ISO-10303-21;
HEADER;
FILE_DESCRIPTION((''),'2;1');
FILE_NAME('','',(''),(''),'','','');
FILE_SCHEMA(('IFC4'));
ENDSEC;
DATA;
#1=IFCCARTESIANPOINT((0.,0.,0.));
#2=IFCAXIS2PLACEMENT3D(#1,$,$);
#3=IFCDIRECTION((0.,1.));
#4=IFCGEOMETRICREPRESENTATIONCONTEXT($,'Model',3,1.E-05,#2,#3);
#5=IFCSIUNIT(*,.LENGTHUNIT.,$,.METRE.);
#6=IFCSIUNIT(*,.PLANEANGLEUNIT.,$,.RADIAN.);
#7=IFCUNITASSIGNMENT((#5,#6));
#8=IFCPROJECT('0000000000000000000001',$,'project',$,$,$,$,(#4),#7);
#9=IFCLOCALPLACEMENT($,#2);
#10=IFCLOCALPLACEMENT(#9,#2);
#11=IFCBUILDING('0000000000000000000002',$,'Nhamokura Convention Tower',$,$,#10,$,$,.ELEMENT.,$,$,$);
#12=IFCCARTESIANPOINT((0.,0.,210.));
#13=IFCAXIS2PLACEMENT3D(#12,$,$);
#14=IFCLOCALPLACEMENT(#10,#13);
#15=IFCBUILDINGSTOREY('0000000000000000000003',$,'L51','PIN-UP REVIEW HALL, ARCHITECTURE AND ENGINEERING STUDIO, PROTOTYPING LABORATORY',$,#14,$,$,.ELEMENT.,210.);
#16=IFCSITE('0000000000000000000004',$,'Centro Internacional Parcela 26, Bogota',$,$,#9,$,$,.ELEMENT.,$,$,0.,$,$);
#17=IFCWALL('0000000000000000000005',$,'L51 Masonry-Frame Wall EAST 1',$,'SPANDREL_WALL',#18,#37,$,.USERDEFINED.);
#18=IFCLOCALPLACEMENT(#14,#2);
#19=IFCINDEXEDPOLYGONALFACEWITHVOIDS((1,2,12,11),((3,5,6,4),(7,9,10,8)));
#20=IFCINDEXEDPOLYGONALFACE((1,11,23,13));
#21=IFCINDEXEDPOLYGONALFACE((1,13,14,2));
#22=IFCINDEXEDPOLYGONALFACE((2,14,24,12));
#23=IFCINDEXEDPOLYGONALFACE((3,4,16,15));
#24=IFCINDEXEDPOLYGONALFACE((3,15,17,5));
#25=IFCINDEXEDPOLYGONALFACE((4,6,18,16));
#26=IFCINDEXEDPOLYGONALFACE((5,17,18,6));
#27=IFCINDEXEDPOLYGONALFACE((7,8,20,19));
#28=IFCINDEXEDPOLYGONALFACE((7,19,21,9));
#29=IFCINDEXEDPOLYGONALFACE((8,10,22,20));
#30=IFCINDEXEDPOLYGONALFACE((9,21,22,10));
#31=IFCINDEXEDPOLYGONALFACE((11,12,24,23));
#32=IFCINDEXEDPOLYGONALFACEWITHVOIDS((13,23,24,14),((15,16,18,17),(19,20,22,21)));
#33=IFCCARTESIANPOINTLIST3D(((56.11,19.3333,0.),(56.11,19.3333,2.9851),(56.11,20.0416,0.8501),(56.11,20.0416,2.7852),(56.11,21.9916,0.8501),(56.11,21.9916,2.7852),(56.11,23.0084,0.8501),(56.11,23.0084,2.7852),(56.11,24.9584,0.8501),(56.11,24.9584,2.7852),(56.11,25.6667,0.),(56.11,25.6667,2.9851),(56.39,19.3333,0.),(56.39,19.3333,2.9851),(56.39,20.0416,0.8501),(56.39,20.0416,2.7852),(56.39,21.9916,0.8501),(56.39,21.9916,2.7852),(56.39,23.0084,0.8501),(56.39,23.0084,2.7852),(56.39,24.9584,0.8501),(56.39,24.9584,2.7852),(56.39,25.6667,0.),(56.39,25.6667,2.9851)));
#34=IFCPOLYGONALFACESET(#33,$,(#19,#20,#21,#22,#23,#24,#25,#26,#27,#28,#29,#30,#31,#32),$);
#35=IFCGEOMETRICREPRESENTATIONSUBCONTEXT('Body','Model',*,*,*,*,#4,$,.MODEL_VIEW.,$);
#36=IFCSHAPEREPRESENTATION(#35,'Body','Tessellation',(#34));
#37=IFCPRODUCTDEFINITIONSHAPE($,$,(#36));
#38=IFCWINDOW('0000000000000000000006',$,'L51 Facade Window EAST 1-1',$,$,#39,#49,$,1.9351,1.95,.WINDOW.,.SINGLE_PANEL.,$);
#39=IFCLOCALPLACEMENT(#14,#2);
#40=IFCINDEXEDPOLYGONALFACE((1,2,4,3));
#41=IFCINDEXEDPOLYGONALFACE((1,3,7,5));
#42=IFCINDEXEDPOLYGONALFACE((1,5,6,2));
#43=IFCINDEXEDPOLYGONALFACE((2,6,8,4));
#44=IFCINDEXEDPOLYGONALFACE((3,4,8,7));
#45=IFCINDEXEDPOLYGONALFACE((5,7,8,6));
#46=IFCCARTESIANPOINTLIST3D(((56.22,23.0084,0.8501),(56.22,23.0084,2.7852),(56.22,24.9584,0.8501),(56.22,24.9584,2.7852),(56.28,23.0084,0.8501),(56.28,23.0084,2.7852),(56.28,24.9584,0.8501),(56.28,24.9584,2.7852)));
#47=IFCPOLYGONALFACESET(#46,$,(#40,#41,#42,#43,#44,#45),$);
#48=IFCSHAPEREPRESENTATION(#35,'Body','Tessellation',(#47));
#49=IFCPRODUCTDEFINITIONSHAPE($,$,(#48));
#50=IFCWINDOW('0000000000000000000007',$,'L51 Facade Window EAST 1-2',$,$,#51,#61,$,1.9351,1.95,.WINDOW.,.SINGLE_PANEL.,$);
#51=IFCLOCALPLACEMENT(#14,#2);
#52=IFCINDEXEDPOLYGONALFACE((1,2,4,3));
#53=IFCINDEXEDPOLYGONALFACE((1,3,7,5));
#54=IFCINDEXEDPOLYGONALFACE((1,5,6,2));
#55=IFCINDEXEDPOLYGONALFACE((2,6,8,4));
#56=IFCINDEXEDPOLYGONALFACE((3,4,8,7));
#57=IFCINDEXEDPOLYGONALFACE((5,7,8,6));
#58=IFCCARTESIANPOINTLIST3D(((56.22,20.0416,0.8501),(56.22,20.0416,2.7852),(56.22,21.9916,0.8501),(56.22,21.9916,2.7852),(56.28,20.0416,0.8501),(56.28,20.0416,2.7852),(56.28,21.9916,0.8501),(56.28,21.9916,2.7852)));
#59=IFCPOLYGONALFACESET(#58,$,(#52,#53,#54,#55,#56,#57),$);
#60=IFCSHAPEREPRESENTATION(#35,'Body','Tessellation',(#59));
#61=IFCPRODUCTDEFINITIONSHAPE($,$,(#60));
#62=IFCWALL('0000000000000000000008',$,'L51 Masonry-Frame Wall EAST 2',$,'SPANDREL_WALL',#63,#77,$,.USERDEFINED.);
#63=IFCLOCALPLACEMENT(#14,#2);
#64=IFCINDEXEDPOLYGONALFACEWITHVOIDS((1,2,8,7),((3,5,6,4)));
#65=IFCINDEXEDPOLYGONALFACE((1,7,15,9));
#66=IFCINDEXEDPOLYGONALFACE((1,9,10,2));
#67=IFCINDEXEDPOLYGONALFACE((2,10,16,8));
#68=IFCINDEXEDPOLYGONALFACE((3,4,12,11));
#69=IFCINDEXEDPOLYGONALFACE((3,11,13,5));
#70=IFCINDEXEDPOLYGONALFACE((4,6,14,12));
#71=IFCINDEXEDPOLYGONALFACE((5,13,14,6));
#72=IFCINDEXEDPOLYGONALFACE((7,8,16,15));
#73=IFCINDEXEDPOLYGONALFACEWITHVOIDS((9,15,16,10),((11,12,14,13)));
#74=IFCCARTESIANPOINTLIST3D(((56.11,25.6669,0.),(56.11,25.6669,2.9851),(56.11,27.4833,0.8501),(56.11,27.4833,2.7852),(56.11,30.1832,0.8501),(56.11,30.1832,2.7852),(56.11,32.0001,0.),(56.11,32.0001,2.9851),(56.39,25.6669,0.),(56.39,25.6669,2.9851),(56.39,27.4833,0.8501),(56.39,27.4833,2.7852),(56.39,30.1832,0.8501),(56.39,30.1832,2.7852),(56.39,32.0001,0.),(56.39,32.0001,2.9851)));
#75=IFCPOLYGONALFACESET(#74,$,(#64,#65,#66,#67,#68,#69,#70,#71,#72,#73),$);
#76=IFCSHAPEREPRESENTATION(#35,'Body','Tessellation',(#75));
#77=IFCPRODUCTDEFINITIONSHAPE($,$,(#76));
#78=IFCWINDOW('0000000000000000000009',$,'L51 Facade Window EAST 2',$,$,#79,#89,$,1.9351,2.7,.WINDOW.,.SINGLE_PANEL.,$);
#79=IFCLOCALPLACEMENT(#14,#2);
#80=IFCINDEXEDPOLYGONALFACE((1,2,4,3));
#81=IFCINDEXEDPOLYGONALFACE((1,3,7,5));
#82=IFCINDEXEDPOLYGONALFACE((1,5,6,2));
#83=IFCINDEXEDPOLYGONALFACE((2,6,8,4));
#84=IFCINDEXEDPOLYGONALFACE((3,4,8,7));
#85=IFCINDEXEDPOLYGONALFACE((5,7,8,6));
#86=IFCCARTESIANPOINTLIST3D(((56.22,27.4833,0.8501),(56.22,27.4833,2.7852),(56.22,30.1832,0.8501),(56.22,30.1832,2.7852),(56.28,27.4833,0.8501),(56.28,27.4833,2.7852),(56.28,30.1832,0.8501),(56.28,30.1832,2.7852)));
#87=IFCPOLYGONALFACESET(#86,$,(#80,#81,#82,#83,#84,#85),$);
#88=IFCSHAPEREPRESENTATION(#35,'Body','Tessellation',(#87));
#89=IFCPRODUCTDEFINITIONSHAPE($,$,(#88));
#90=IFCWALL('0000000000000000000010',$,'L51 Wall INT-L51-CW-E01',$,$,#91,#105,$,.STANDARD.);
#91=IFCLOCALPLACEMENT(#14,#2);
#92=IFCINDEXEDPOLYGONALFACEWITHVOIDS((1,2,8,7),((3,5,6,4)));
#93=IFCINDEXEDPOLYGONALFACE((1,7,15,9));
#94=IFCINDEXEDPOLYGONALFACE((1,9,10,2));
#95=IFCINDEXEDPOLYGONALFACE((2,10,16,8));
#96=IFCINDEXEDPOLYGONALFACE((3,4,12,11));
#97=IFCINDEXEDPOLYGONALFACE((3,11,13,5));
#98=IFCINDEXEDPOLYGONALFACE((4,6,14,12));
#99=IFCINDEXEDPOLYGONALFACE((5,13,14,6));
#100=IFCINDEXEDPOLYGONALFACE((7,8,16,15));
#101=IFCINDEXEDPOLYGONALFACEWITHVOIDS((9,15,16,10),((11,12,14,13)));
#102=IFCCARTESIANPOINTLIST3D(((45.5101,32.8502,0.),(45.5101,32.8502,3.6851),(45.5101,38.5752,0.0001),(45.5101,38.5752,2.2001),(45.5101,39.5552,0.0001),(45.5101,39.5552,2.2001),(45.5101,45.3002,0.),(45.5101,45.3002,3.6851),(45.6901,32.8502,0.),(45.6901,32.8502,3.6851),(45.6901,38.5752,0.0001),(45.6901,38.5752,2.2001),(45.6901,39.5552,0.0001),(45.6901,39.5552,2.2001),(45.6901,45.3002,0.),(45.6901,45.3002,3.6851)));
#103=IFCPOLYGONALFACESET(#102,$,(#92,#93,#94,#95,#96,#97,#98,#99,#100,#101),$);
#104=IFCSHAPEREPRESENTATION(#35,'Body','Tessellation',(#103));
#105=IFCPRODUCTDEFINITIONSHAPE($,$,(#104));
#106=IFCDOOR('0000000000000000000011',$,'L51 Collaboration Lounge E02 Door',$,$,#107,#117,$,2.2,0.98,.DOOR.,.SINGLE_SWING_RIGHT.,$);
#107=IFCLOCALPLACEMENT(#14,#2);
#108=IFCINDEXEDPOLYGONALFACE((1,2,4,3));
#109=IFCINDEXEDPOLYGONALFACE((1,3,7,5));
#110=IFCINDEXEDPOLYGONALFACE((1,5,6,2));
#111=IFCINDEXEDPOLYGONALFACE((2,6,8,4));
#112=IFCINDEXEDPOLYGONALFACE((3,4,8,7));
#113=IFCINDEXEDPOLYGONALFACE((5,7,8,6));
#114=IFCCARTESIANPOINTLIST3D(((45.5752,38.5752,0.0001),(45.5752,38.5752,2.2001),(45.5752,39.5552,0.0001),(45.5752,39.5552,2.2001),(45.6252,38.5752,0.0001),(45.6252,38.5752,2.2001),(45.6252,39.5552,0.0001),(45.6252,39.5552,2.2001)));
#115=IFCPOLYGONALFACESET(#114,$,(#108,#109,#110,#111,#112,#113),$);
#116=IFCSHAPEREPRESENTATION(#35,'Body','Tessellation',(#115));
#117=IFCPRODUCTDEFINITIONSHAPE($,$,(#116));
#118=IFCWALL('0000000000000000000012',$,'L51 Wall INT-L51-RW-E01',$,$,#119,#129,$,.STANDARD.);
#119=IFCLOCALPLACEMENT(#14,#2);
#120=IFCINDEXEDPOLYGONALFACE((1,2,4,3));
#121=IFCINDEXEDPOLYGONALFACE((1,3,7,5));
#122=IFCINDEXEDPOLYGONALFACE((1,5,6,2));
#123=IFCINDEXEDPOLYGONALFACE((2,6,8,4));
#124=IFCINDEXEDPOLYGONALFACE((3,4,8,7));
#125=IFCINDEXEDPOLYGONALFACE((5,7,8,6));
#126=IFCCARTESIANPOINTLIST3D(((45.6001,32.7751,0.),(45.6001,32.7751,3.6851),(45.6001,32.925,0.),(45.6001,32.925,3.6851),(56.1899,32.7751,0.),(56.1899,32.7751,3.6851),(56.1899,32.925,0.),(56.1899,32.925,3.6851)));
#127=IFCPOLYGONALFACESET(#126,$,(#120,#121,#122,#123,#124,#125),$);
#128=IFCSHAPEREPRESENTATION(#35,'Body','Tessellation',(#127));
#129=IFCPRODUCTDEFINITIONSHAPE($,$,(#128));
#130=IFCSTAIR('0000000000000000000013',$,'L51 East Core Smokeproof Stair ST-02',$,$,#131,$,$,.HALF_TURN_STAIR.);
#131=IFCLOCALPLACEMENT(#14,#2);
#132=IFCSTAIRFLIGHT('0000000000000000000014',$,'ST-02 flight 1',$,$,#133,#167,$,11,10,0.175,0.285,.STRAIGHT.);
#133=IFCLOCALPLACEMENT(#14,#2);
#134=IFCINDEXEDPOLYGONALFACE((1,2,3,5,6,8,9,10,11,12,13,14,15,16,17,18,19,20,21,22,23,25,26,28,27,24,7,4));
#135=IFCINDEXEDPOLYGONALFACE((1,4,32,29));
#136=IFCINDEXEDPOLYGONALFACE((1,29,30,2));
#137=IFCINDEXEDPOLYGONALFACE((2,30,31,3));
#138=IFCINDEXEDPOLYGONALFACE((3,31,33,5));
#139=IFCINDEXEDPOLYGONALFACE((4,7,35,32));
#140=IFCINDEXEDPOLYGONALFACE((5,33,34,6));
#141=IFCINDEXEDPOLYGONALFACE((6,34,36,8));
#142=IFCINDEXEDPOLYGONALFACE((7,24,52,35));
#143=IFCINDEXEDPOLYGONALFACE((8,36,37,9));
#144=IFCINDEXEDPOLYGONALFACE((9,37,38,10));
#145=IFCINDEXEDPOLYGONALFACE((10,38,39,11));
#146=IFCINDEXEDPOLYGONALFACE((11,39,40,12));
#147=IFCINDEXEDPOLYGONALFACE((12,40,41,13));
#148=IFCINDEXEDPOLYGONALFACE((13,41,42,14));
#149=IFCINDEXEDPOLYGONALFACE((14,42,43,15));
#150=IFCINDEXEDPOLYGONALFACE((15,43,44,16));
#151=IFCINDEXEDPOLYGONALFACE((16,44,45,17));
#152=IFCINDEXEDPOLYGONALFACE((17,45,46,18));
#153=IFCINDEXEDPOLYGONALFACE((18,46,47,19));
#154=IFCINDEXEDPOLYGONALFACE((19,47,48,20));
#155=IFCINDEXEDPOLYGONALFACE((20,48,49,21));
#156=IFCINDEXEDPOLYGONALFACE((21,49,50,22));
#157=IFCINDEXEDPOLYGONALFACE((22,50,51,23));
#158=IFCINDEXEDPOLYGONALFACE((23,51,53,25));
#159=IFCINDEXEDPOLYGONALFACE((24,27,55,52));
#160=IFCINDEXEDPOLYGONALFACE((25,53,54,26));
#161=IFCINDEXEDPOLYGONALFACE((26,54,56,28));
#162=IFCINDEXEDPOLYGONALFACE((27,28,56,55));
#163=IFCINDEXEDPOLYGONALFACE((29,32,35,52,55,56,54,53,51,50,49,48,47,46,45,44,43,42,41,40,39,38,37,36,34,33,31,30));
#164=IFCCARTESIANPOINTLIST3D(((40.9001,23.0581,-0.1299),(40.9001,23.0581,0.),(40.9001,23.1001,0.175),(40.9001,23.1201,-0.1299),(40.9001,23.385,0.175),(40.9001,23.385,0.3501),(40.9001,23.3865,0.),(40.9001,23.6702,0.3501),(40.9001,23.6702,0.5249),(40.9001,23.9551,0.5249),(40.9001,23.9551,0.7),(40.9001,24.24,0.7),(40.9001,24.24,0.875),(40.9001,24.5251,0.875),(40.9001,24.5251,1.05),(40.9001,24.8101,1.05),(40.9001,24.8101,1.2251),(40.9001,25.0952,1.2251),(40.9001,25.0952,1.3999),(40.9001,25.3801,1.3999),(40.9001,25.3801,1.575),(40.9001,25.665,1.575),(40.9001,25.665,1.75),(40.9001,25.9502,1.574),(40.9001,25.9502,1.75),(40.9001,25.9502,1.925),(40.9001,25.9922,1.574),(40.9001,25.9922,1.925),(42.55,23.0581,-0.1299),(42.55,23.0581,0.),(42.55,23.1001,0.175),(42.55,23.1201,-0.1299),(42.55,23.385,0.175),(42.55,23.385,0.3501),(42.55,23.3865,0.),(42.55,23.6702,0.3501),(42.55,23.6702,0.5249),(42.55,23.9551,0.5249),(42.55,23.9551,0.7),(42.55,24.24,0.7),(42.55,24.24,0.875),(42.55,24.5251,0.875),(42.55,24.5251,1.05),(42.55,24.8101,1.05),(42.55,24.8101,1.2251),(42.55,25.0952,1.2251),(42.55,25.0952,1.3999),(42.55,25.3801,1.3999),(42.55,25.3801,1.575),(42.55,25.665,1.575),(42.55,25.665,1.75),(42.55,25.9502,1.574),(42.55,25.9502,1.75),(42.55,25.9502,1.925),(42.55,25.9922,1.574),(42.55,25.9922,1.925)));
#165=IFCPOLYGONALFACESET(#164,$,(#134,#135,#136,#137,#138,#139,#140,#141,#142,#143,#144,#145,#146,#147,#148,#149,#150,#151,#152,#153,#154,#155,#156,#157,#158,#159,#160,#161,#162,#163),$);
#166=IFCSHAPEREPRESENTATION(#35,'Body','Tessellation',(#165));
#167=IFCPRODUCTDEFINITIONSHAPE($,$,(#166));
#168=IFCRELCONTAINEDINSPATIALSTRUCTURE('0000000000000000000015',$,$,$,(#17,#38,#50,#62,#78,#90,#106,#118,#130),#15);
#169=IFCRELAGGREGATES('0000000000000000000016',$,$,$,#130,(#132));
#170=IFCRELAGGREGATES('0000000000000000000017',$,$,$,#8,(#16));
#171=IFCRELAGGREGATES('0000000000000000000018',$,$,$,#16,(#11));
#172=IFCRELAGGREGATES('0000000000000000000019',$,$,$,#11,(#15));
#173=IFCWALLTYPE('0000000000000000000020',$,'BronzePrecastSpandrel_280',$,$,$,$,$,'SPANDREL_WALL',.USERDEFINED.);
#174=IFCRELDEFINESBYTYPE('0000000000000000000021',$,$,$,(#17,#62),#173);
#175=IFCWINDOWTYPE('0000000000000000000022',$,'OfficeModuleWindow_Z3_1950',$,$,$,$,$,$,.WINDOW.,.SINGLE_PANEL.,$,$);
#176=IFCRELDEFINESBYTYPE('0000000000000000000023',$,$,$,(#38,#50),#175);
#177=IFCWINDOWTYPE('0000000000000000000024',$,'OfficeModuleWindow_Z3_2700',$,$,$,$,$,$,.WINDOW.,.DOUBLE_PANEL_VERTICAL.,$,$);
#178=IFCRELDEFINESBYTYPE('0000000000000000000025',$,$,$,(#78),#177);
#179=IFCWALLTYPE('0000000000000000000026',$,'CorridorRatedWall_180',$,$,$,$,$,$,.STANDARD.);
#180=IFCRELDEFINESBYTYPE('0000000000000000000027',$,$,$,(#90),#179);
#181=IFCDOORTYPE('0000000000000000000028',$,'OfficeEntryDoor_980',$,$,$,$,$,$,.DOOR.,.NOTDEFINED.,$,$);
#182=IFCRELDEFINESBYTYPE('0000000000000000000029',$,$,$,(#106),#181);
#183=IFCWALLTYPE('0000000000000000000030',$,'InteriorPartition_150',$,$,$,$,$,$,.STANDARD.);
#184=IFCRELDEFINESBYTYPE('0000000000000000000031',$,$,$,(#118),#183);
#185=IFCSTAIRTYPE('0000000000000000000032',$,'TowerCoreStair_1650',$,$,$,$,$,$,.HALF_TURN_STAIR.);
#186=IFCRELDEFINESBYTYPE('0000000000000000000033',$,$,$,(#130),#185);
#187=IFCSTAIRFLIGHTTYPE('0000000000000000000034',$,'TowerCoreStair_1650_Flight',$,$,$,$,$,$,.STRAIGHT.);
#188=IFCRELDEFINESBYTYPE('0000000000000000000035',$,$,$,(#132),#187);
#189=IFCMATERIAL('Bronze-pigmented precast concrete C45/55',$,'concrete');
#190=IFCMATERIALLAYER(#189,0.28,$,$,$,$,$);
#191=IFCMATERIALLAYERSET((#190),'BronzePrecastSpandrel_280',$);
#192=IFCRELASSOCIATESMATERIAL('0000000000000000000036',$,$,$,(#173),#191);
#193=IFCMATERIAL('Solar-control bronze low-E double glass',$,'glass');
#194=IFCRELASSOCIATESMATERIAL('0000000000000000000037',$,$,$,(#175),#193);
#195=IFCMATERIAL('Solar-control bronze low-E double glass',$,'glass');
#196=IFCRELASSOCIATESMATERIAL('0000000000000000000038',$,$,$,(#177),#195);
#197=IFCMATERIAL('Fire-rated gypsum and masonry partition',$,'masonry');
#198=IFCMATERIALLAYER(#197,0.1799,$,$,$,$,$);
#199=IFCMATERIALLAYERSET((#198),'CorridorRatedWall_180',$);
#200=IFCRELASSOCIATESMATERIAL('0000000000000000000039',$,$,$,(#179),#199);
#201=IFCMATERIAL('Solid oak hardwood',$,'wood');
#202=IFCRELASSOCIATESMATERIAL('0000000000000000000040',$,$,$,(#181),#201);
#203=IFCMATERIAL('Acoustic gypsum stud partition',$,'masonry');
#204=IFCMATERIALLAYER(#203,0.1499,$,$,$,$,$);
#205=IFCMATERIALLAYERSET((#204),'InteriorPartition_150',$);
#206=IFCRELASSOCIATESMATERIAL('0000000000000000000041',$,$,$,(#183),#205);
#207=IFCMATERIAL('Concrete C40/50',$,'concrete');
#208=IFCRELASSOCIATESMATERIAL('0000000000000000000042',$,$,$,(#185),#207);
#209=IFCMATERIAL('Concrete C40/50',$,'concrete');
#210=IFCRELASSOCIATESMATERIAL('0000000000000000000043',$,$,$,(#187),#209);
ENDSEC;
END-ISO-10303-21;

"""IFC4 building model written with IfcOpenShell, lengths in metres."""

from ifc_helpers import new_model, si_unit, direction, frame, frame_2d, origin, place, context, subcontext, project, spatial, polyline, rectangle, outline, extrude, material, layer, layer_set, type_object, element, fill, aggregate, save


model = new_model("IFC4")

# Units and contexts
model_context = context("Model", 3, precision=1e-05, world=origin(), true_north=direction((0.0, 1.0)))
body_context = subcontext(model_context, "Body", "Model", "MODEL_VIEW")
ifc_project = project(units=[si_unit("LENGTHUNIT", "METRE"), si_unit("PLANEANGLEUNIT", "RADIAN")], contexts=[model_context])

# Site, building, storey
site_placement = place(None, origin())
site = spatial("IfcSite", under=ifc_project, at=site_placement, Name="Centro Internacional Parcela 26, Bogota", CompositionType="ELEMENT", RefElevation=0.0)
building_placement = place(site_placement, origin())
building = spatial("IfcBuilding", under=site, at=building_placement, Name="Nhamokura Convention Tower", CompositionType="ELEMENT")
storey_placement = place(building_placement, frame((0.0, 0.0, 210.0)))
storey = spatial("IfcBuildingStorey", under=building, at=storey_placement, Name="L51", Description="PIN-UP REVIEW HALL, ARCHITECTURE AND ENGINEERING STUDIO, PROTOTYPING LABORATORY", CompositionType="ELEMENT", Elevation=210.0)

# Wall, openings, windows
ifc_material_1 = material(Name="Bronze-pigmented precast concrete C45/55", Category="concrete")
ifc_layer_1 = layer(ifc_material_1, 0.28)
ifc_layer_set_1 = layer_set([ifc_layer_1], Name="BronzePrecastSpandrel_280")
wall_type_1 = type_object("IfcWallType", Name="BronzePrecastSpandrel_280", ElementType="SPANDREL_WALL", PredefinedType="USERDEFINED", material=ifc_layer_set_1)
wall_1_placement = place(storey_placement, frame((56.25, 25.6667, 0.0), z_axis=(0.0, 0.0, 1.0), x_axis=(0.0, -1.0, 0.0)))
wall_1 = element("IfcWall", 1, at=wall_1_placement, inside=storey, type_object=wall_type_1, Name="L51 Masonry-Frame Wall EAST 1", ObjectType="SPANDREL_WALL", PredefinedType="USERDEFINED", context=body_context, shape_type="SweptSolid", body=[
    extrude(rectangle(XDim=6.3335, YDim=0.28, at=frame_2d((3.1667, 0.0))), origin(), (0.0, 0.0, 1.0), 2.9851),
])
opening_1_placement = place(wall_1_placement, frame((0.7083, 0.0, 0.8501)))
opening_1 = element("IfcOpeningElement", 2, at=opening_1_placement, cuts=wall_1, PredefinedType="OPENING", context=body_context, shape_type="SweptSolid", body=[
    extrude(rectangle(XDim=1.95, YDim=1.9351, at=frame_2d((0.9751, 0.9675))), frame((0.0, 0.1499, 0.0), z_axis=(0.0, -1.0, 0.0), x_axis=(1.0, 0.0, 0.0)), (0.0, 0.0, 1.0), 0.3),
])
opening_2_placement = place(wall_1_placement, frame((3.675, 0.0, 0.8501)))
opening_2 = element("IfcOpeningElement", 3, at=opening_2_placement, cuts=wall_1, PredefinedType="OPENING", context=body_context, shape_type="SweptSolid", body=[
    extrude(rectangle(XDim=1.95, YDim=1.9351, at=frame_2d((0.9751, 0.9675))), frame((0.0, 0.1499, 0.0), z_axis=(0.0, -1.0, 0.0), x_axis=(1.0, 0.0, 0.0)), (0.0, 0.0, 1.0), 0.3),
])
ifc_material_2 = material(Name="Solar-control bronze low-E double glass", Category="glass")
window_type_1 = type_object("IfcWindowType", Name="OfficeModuleWindow_Z3_1950", PartitioningType="SINGLE_PANEL", PredefinedType="WINDOW", material=ifc_material_2)
window_1_placement = place(opening_1_placement, origin())
window_1 = element("IfcWindow", 4, at=window_1_placement, inside=storey, type_object=window_type_1, Name="L51 Facade Window EAST 1-1", OverallHeight=1.9351, OverallWidth=1.95, PartitioningType="SINGLE_PANEL", PredefinedType="WINDOW", context=body_context, shape_type="SweptSolid", body=[
    extrude(rectangle(XDim=1.95, YDim=1.9351, at=frame_2d((0.9751, 0.9675))), frame((0.0, 0.03, 0.0), z_axis=(0.0, -1.0, 0.0), x_axis=(1.0, 0.0, 0.0)), (0.0, 0.0, 1.0), 0.0601),
])
fill(opening_1, window_1)
window_2_placement = place(opening_2_placement, origin())
window_2 = element("IfcWindow", 5, at=window_2_placement, inside=storey, type_object=window_type_1, Name="L51 Facade Window EAST 1-2", OverallHeight=1.9351, OverallWidth=1.95, PartitioningType="SINGLE_PANEL", PredefinedType="WINDOW", context=body_context, shape_type="SweptSolid", body=[
    extrude(rectangle(XDim=1.95, YDim=1.9351, at=frame_2d((0.9751, 0.9675))), frame((0.0, 0.03, 0.0), z_axis=(0.0, -1.0, 0.0), x_axis=(1.0, 0.0, 0.0)), (0.0, 0.0, 1.0), 0.0601),
])
fill(opening_2, window_2)

# Wall, opening, window
wall_2_placement = place(storey_placement, frame((56.25, 32.0, 0.0), z_axis=(0.0, 0.0, 1.0), x_axis=(0.0, -1.0, 0.0)))
wall_2 = element("IfcWall", 6, at=wall_2_placement, inside=storey, type_object=wall_type_1, Name="L51 Masonry-Frame Wall EAST 2", ObjectType="SPANDREL_WALL", PredefinedType="USERDEFINED", context=body_context, shape_type="SweptSolid", body=[
    extrude(rectangle(XDim=6.3333, YDim=0.28, at=frame_2d((3.1665, 0.0))), origin(), (0.0, 0.0, 1.0), 2.9851),
])
opening_3_placement = place(wall_2_placement, frame((1.8167, 0.0, 0.8501)))
opening_3 = element("IfcOpeningElement", 7, at=opening_3_placement, cuts=wall_2, PredefinedType="OPENING", context=body_context, shape_type="SweptSolid", body=[
    extrude(rectangle(XDim=2.7, YDim=1.9351, at=frame_2d((1.3501, 0.9675))), frame((0.0, 0.1499, 0.0), z_axis=(0.0, -1.0, 0.0), x_axis=(1.0, 0.0, 0.0)), (0.0, 0.0, 1.0), 0.3),
])
ifc_material_3 = material(Name="Solar-control bronze low-E double glass", Category="glass")
window_type_2 = type_object("IfcWindowType", Name="OfficeModuleWindow_Z3_2700", PartitioningType="DOUBLE_PANEL_VERTICAL", PredefinedType="WINDOW", material=ifc_material_3)
window_3_placement = place(opening_3_placement, origin())
window_3 = element("IfcWindow", 8, at=window_3_placement, inside=storey, type_object=window_type_2, Name="L51 Facade Window EAST 2", OverallHeight=1.9351, OverallWidth=2.7, PartitioningType="SINGLE_PANEL", PredefinedType="WINDOW", context=body_context, shape_type="SweptSolid", body=[
    extrude(rectangle(XDim=2.7, YDim=1.9351, at=frame_2d((1.3501, 0.9675))), frame((0.0, 0.03, 0.0), z_axis=(0.0, -1.0, 0.0), x_axis=(1.0, 0.0, 0.0)), (0.0, 0.0, 1.0), 0.0601),
])
fill(opening_3, window_3)

# Wall, opening, door
ifc_material_4 = material(Name="Fire-rated gypsum and masonry partition", Category="masonry")
ifc_layer_2 = layer(ifc_material_4, 0.1799)
ifc_layer_set_2 = layer_set([ifc_layer_2], Name="CorridorRatedWall_180")
wall_type_2 = type_object("IfcWallType", Name="CorridorRatedWall_180", PredefinedType="STANDARD", material=ifc_layer_set_2)
wall_3_placement = place(storey_placement, frame((45.6001, 32.8501, 0.0), z_axis=(0.0, 0.0, 1.0), x_axis=(0.0, 1.0, 0.0)))
wall_3 = element("IfcWall", 9, at=wall_3_placement, inside=storey, type_object=wall_type_2, Name="L51 Wall INT-L51-CW-E01", PredefinedType="STANDARD", context=body_context, shape_type="SweptSolid", body=[
    extrude(rectangle(XDim=12.45, YDim=0.1799, at=frame_2d((6.2251, 0.0))), origin(), (0.0, 0.0, 1.0), 3.6851),
])
opening_4_placement = place(wall_3_placement, frame((5.7251, 0.0, 0.0)))
opening_4 = element("IfcOpeningElement", 10, at=opening_4_placement, cuts=wall_3, PredefinedType="OPENING", context=body_context, shape_type="SweptSolid", body=[
    extrude(rectangle(XDim=0.98, YDim=2.2, at=frame_2d((0.49, 1.1001))), frame((0.0, 0.0999, 0.0), z_axis=(0.0, -1.0, 0.0), x_axis=(1.0, 0.0, 0.0)), (0.0, 0.0, 1.0), 0.2),
])
ifc_material_5 = material(Name="Solid oak hardwood", Category="wood")
door_type_1 = type_object("IfcDoorType", Name="OfficeEntryDoor_980", OperationType="NOTDEFINED", PredefinedType="DOOR", material=ifc_material_5)
door_1_placement = place(opening_4_placement, origin())
door_1 = element("IfcDoor", 11, at=door_1_placement, inside=storey, type_object=door_type_1, Name="L51 Collaboration Lounge E02 Door", OperationType="SINGLE_SWING_RIGHT", OverallHeight=2.2, OverallWidth=0.98, PredefinedType="DOOR", context=body_context, shape_type="SweptSolid", body=[
    extrude(rectangle(XDim=0.98, YDim=2.2, at=frame_2d((0.49, 1.1001))), frame((0.0, 0.0249, 0.0), z_axis=(0.0, -1.0, 0.0), x_axis=(1.0, 0.0, 0.0)), (0.0, 0.0, 1.0), 0.05),
])
fill(opening_4, door_1)

# Wall
ifc_material_6 = material(Name="Acoustic gypsum stud partition", Category="masonry")
ifc_layer_3 = layer(ifc_material_6, 0.1499)
ifc_layer_set_3 = layer_set([ifc_layer_3], Name="InteriorPartition_150")
wall_type_3 = type_object("IfcWallType", Name="InteriorPartition_150", PredefinedType="STANDARD", material=ifc_layer_set_3)
wall_4_placement = place(storey_placement, frame((45.6001, 32.8501, 0.0), z_axis=(0.0, 0.0, 1.0), x_axis=(1.0, 0.0, 0.0)))
element("IfcWall", 12, at=wall_4_placement, inside=storey, type_object=wall_type_3, Name="L51 Wall INT-L51-RW-E01", PredefinedType="STANDARD", context=body_context, shape_type="SweptSolid", body=[
    extrude(rectangle(XDim=10.5898, YDim=0.1499, at=frame_2d((5.2949, 0.0))), origin(), (0.0, 0.0, 1.0), 3.6851),
])

# Stair, stair flight
ifc_material_7 = material(Name="Concrete C40/50", Category="concrete")
stair_type = type_object("IfcStairType", Name="TowerCoreStair_1650", PredefinedType="HALF_TURN_STAIR", material=ifc_material_7)
stair_placement = place(storey_placement, origin())
stair = element("IfcStair", 13, at=stair_placement, inside=storey, type_object=stair_type, Name="L51 East Core Smokeproof Stair ST-02", PredefinedType="HALF_TURN_STAIR")
ifc_material_8 = material(Name="Concrete C40/50", Category="concrete")
stair_flight_type = type_object("IfcStairFlightType", Name="TowerCoreStair_1650_Flight", PredefinedType="STRAIGHT", material=ifc_material_8)
stair_flight_placement = place(storey_placement, frame((41.7251, 23.1001, 0.0), z_axis=(0.0, 0.0, 1.0), x_axis=(0.0, 1.0, 0.0)))
stair_flight = element("IfcStairFlight", 14, at=stair_flight_placement, type_object=stair_flight_type, Name="ST-02 flight 1", NumberOfRisers=11, NumberOfTreads=10, PredefinedType="STRAIGHT", RiserHeight=0.175, TreadLength=0.285, context=body_context, shape_type="SweptSolid", body=[
    extrude(outline(polyline([(-0.042, 0.0), (0.0, 0.175), (0.2849, 0.175), (0.2849, 0.3501), (0.5701, 0.3501), (0.5701, 0.5249), (0.855, 0.5249), (0.855, 0.7), (1.1399, 0.7), (1.1399, 0.875), (1.425, 0.875), (1.425, 1.05), (1.71, 1.05), (1.71, 1.2251), (1.9951, 1.2251), (1.9951, 1.3999), (2.28, 1.3999), (2.28, 1.575), (2.5649, 1.575), (2.5649, 1.75), (2.8501, 1.75), (2.8501, 1.925), (2.8921, 1.925), (2.8921, 1.574), (2.8501, 1.574), (0.2864, 0.0), (0.02, -0.1299), (-0.042, -0.1299), (-0.042, 0.0)])), frame((0.0, 0.825, 0.0), z_axis=(0.0, -1.0, 0.0), x_axis=(1.0, 0.0, 0.0)), (0.0, 0.0, 1.0), 1.6499),
])
aggregate(stair, [stair_flight])

save(model, "model.ifc")
